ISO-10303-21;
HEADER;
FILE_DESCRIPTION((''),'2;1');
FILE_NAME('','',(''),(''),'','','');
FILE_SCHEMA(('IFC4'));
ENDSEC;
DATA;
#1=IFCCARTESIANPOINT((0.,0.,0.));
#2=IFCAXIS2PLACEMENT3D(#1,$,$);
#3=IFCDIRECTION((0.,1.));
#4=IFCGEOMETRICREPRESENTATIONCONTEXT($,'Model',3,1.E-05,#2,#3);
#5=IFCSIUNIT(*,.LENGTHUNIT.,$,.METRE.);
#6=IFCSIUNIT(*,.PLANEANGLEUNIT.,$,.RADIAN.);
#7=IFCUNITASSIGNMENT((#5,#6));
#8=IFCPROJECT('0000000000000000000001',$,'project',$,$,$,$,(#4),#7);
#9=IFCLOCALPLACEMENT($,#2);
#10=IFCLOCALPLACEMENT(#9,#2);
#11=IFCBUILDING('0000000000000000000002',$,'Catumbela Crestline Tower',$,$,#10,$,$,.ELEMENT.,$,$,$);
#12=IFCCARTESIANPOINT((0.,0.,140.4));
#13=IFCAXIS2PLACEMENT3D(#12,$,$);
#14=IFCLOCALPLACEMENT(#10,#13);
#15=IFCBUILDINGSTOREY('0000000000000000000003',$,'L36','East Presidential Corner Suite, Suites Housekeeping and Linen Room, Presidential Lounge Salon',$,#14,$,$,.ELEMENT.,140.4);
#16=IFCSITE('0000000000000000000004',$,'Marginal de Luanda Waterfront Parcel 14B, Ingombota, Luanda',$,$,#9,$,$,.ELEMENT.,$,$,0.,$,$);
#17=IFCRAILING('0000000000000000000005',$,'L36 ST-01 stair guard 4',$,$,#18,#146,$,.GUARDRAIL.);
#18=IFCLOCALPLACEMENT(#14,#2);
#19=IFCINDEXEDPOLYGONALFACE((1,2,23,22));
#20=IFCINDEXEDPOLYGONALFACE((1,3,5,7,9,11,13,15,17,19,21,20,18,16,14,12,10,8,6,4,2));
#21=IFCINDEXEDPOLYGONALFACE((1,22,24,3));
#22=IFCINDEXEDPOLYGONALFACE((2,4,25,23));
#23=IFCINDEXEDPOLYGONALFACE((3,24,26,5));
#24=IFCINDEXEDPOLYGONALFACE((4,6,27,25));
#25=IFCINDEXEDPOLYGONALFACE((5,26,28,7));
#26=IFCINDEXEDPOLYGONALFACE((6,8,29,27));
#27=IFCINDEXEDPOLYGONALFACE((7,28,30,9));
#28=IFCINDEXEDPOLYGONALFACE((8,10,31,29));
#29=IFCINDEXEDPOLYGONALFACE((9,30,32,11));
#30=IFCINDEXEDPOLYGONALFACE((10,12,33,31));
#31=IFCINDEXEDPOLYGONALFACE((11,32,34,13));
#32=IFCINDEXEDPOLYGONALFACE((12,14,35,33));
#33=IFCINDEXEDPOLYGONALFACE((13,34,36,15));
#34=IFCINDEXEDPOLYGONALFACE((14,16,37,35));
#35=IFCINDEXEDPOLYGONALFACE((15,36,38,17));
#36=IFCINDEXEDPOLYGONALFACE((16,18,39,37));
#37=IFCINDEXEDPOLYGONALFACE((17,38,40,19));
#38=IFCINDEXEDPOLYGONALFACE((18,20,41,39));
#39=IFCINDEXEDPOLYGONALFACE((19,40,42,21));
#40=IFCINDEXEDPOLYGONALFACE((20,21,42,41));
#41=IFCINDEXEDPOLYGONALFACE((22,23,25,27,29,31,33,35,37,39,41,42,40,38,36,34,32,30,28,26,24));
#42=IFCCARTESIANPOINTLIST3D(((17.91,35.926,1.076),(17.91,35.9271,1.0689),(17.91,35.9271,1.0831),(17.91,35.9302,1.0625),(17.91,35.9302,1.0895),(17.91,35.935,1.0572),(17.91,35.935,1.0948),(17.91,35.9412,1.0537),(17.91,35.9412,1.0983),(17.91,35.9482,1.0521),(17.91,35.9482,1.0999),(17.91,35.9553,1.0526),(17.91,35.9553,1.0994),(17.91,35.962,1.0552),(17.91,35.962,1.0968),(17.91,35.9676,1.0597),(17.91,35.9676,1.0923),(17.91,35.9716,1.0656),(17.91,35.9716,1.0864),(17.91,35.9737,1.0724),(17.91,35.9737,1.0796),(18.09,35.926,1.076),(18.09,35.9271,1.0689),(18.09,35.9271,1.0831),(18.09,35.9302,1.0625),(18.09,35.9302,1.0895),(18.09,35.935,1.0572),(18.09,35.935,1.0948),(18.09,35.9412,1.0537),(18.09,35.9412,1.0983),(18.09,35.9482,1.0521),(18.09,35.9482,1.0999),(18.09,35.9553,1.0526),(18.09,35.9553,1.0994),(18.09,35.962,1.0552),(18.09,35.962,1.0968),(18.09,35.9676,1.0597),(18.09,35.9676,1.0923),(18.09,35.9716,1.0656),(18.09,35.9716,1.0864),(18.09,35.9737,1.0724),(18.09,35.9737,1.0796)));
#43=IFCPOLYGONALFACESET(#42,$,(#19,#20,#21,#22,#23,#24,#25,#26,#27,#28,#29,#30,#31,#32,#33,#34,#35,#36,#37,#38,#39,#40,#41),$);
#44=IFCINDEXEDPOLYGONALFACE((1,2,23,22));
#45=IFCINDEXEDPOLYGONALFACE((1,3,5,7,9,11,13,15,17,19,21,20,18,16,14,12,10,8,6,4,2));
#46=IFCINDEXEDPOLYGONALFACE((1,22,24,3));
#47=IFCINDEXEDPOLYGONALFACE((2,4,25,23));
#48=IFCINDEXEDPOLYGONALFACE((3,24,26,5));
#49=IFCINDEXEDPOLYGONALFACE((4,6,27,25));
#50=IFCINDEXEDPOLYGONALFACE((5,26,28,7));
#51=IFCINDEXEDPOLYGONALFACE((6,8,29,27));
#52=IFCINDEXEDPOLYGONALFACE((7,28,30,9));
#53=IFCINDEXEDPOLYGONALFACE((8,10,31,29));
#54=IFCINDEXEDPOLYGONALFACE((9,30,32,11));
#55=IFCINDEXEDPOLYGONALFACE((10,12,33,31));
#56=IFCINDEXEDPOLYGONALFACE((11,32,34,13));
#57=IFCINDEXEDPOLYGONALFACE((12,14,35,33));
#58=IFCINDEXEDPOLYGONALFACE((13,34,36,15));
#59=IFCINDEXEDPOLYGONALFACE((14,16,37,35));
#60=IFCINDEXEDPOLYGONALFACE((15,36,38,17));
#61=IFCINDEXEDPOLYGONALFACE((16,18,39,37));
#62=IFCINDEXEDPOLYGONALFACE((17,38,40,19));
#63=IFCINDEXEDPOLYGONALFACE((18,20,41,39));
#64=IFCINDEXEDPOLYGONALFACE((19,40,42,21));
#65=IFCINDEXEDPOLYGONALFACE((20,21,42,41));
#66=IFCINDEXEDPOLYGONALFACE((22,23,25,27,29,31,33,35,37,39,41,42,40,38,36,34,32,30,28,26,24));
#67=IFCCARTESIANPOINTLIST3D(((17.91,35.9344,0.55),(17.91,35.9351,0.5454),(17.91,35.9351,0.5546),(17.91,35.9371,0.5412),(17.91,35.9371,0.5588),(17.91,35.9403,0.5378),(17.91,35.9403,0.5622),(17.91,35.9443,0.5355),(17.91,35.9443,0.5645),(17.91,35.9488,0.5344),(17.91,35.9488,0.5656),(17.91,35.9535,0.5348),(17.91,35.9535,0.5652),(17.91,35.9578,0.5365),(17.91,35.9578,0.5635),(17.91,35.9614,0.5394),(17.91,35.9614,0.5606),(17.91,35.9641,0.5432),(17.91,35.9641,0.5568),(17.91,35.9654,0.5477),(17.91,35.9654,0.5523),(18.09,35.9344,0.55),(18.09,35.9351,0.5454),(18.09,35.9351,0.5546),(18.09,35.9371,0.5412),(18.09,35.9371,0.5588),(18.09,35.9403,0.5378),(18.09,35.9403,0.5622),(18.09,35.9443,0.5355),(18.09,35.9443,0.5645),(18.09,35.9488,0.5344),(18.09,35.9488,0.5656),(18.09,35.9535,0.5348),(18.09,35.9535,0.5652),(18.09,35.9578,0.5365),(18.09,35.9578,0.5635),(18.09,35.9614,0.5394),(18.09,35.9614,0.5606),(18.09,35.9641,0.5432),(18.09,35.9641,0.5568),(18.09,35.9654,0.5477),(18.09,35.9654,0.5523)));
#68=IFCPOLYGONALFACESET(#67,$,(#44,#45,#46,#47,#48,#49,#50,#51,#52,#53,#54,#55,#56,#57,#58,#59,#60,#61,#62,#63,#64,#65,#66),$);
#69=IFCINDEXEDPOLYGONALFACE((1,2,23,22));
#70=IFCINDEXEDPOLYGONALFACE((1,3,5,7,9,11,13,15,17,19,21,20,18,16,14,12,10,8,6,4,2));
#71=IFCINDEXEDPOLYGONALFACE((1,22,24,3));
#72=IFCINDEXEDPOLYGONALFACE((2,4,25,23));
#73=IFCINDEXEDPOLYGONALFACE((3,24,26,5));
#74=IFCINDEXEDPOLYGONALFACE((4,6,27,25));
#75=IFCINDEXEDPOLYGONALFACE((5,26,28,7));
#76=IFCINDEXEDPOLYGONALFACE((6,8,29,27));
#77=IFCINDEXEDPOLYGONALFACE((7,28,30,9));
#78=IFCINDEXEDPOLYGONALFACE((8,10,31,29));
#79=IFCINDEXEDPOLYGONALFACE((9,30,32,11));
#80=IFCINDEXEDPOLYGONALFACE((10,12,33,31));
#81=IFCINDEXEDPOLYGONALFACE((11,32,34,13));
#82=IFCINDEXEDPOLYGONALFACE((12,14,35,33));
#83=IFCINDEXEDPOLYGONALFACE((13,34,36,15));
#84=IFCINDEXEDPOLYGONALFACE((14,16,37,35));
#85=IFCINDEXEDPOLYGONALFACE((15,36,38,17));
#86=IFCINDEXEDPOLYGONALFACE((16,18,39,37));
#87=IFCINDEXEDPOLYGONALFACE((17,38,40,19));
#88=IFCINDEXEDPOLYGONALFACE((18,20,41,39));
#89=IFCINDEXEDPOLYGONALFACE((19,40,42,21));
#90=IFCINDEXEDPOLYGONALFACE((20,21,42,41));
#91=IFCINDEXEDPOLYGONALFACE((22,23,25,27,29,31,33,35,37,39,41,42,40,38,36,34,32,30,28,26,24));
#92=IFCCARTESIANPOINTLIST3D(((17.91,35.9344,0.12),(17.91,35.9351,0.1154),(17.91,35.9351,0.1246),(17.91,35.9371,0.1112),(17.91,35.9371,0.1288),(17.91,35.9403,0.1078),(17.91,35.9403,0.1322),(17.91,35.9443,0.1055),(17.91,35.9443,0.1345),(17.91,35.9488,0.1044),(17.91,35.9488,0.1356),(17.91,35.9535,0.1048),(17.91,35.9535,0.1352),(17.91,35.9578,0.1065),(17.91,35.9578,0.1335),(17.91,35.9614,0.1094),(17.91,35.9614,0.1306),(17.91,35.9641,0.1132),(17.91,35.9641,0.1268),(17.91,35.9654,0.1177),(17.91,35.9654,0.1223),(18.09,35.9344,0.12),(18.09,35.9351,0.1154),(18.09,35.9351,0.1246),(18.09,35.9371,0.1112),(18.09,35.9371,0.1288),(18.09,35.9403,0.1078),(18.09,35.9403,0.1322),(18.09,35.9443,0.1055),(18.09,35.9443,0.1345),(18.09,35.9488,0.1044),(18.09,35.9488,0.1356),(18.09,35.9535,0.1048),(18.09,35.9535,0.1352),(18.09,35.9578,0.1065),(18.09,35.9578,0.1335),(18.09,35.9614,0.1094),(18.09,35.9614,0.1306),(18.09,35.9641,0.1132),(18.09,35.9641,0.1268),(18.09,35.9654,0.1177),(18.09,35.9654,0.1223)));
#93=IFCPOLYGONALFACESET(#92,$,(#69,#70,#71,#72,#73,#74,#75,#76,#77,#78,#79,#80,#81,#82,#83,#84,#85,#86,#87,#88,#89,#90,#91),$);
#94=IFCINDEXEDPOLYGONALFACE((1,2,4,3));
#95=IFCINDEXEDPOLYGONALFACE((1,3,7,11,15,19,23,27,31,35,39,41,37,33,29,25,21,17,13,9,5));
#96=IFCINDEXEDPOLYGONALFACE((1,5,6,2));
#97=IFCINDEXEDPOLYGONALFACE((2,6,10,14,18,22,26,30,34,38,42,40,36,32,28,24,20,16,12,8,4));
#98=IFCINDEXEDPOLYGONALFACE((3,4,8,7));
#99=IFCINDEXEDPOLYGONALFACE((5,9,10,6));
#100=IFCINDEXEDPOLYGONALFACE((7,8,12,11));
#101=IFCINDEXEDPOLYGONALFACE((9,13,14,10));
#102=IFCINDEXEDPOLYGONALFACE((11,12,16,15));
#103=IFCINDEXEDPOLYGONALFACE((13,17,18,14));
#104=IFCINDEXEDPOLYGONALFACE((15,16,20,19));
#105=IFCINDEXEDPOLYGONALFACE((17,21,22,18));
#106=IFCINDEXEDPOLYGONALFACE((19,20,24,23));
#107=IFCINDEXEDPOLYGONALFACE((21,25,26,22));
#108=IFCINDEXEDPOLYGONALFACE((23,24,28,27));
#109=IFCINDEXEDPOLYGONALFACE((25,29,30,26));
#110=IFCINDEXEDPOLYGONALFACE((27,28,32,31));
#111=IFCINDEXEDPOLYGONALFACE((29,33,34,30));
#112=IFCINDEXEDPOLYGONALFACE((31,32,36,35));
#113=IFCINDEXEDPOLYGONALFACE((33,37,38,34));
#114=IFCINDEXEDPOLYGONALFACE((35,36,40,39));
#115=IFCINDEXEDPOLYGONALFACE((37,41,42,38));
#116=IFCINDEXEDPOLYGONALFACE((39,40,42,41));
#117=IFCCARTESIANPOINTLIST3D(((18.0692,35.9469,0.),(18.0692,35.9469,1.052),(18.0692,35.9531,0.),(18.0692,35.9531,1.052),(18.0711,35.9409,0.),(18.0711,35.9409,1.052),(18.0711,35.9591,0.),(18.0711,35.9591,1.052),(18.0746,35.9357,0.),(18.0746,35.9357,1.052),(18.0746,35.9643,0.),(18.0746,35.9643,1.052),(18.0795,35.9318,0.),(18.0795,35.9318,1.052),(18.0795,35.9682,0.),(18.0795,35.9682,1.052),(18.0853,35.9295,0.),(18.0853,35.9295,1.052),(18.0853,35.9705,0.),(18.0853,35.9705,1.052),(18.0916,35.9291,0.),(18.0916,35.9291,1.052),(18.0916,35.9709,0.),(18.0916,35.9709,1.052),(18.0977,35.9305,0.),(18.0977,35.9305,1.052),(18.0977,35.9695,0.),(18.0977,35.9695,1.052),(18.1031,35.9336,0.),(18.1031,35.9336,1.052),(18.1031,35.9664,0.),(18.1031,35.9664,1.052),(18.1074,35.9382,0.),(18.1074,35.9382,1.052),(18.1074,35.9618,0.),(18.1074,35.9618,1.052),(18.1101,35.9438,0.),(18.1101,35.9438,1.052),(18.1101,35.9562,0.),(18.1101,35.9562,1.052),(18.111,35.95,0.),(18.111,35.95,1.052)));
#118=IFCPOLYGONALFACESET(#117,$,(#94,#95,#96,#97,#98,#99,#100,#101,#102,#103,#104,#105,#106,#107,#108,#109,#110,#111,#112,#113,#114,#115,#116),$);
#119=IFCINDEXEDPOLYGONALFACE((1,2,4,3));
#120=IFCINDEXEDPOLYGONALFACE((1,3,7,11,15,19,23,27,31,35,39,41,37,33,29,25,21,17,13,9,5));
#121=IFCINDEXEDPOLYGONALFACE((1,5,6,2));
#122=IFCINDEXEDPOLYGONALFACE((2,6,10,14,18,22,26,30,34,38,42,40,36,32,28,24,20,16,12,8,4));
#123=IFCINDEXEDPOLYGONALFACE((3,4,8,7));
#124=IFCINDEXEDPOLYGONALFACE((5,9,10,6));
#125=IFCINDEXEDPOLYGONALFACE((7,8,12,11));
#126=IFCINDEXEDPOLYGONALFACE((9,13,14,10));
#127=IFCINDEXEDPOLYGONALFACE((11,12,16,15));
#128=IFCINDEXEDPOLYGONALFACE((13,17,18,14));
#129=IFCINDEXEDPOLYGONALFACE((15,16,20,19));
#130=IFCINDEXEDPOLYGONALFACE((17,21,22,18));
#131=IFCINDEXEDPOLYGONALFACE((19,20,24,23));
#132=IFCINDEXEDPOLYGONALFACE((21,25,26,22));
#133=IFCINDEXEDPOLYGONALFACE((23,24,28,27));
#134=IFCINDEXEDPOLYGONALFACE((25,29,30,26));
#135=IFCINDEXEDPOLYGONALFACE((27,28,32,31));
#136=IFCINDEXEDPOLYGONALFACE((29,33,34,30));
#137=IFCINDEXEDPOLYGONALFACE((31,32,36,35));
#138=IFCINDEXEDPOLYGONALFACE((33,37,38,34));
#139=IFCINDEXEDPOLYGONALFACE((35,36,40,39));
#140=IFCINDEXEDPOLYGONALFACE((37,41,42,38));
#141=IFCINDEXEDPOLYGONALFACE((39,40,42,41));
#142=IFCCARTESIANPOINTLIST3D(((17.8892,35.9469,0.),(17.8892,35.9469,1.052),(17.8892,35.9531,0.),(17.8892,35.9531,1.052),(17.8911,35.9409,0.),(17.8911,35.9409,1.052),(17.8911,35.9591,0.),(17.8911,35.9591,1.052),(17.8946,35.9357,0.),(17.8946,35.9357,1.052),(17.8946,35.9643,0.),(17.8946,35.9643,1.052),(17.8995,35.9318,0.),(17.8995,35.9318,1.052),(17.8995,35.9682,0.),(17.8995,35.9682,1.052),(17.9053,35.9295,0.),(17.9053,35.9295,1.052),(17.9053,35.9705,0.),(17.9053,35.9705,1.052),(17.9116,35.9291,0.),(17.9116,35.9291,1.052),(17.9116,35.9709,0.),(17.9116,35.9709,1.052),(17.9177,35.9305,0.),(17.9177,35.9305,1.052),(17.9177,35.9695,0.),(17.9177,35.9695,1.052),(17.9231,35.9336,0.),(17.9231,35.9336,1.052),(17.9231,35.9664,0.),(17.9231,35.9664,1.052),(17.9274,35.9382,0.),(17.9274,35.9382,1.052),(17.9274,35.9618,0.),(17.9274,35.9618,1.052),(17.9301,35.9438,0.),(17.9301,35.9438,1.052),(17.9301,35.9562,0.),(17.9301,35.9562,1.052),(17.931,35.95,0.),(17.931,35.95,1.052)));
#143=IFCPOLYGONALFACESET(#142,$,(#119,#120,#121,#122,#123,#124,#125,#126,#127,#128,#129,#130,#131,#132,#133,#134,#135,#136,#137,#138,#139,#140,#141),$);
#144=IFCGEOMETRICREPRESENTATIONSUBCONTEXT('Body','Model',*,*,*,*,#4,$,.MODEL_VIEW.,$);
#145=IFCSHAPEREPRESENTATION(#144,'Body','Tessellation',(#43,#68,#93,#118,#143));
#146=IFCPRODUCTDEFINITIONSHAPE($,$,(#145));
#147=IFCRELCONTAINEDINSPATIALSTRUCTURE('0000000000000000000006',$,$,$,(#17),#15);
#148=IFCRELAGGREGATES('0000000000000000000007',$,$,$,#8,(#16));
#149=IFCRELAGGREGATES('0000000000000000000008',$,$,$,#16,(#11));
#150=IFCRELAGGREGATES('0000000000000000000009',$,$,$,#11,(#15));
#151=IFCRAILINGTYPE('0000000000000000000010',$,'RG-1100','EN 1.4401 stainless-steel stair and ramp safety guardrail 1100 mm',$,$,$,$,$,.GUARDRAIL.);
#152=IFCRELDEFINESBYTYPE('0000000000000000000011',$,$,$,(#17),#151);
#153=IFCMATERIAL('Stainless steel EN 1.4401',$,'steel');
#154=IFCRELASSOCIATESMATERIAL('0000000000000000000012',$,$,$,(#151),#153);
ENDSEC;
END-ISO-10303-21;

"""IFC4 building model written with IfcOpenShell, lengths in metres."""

from ifc_helpers import new_model, si_unit, direction, frame, origin, origin_2d, place, context, subcontext, project, spatial, circle, extrude, material, type_object, element, save


model = new_model("IFC4")

# Units and contexts
model_context = context("Model", 3, precision=1e-05, world=origin(), true_north=direction((0.0, 1.0)))
body_context = subcontext(model_context, "Body", "Model", "MODEL_VIEW")
ifc_project = project(units=[si_unit("LENGTHUNIT", "METRE"), si_unit("PLANEANGLEUNIT", "RADIAN")], contexts=[model_context])

# Site, building, storey
site_placement = place(None, origin())
site = spatial("IfcSite", under=ifc_project, at=site_placement, Name="Marginal de Luanda Waterfront Parcel 14B, Ingombota, Luanda", CompositionType="ELEMENT", RefElevation=0.0)
building_placement = place(site_placement, origin())
building = spatial("IfcBuilding", under=site, at=building_placement, Name="Catumbela Crestline Tower", CompositionType="ELEMENT")
storey_placement = place(building_placement, frame((0.0, 0.0, 140.4)))
storey = spatial("IfcBuildingStorey", under=building, at=storey_placement, Name="L36", Description="East Presidential Corner Suite, Suites Housekeeping and Linen Room, Presidential Lounge Salon", CompositionType="ELEMENT", Elevation=140.4)

# Shared definitions
ifc_material_1 = material(Name="Stainless steel EN 1.4401", Category="steel")

# Railing
railing_type = type_object("IfcRailingType", Name="RG-1100", Description="EN 1.4401 stainless-steel stair and ramp safety guardrail 1100 mm", PredefinedType="GUARDRAIL", material=ifc_material_1)
railing_1_placement = place(storey_placement, frame((18.09, 35.95, 0.0)))
element("IfcRailing", 1, at=railing_1_placement, inside=storey, type_object=railing_type, Name="L36 ST-01 stair guard 4", PredefinedType="GUARDRAIL", context=body_context, shape_type="SweptSolid", body=[
    extrude(circle(Radius=0.024, at=origin_2d()), frame((0.0, 0.0, 1.076), z_axis=(-1.0, 0.0, 0.0), x_axis=(0.0, -1.0, 0.0)), (0.0, 0.0, 1.0), 0.18),
    extrude(circle(Radius=0.0156, at=origin_2d()), frame((0.0, 0.0, 0.55), z_axis=(-1.0, 0.0, 0.0), x_axis=(0.0, -1.0, 0.0)), (0.0, 0.0, 1.0), 0.18),
    extrude(circle(Radius=0.0156, at=origin_2d()), frame((0.0, 0.0, 0.12), z_axis=(-1.0, 0.0, 0.0), x_axis=(0.0, -1.0, 0.0)), (0.0, 0.0, 1.0), 0.18),
    extrude(circle(Radius=0.021, at=origin_2d()), origin(), (0.0, 0.0, 1.0), 1.052),
    extrude(circle(Radius=0.021, at=origin_2d()), frame((-0.18, 0.0, 0.0)), (0.0, 0.0, 1.0), 1.052),
])

save(model, "model.ifc")
